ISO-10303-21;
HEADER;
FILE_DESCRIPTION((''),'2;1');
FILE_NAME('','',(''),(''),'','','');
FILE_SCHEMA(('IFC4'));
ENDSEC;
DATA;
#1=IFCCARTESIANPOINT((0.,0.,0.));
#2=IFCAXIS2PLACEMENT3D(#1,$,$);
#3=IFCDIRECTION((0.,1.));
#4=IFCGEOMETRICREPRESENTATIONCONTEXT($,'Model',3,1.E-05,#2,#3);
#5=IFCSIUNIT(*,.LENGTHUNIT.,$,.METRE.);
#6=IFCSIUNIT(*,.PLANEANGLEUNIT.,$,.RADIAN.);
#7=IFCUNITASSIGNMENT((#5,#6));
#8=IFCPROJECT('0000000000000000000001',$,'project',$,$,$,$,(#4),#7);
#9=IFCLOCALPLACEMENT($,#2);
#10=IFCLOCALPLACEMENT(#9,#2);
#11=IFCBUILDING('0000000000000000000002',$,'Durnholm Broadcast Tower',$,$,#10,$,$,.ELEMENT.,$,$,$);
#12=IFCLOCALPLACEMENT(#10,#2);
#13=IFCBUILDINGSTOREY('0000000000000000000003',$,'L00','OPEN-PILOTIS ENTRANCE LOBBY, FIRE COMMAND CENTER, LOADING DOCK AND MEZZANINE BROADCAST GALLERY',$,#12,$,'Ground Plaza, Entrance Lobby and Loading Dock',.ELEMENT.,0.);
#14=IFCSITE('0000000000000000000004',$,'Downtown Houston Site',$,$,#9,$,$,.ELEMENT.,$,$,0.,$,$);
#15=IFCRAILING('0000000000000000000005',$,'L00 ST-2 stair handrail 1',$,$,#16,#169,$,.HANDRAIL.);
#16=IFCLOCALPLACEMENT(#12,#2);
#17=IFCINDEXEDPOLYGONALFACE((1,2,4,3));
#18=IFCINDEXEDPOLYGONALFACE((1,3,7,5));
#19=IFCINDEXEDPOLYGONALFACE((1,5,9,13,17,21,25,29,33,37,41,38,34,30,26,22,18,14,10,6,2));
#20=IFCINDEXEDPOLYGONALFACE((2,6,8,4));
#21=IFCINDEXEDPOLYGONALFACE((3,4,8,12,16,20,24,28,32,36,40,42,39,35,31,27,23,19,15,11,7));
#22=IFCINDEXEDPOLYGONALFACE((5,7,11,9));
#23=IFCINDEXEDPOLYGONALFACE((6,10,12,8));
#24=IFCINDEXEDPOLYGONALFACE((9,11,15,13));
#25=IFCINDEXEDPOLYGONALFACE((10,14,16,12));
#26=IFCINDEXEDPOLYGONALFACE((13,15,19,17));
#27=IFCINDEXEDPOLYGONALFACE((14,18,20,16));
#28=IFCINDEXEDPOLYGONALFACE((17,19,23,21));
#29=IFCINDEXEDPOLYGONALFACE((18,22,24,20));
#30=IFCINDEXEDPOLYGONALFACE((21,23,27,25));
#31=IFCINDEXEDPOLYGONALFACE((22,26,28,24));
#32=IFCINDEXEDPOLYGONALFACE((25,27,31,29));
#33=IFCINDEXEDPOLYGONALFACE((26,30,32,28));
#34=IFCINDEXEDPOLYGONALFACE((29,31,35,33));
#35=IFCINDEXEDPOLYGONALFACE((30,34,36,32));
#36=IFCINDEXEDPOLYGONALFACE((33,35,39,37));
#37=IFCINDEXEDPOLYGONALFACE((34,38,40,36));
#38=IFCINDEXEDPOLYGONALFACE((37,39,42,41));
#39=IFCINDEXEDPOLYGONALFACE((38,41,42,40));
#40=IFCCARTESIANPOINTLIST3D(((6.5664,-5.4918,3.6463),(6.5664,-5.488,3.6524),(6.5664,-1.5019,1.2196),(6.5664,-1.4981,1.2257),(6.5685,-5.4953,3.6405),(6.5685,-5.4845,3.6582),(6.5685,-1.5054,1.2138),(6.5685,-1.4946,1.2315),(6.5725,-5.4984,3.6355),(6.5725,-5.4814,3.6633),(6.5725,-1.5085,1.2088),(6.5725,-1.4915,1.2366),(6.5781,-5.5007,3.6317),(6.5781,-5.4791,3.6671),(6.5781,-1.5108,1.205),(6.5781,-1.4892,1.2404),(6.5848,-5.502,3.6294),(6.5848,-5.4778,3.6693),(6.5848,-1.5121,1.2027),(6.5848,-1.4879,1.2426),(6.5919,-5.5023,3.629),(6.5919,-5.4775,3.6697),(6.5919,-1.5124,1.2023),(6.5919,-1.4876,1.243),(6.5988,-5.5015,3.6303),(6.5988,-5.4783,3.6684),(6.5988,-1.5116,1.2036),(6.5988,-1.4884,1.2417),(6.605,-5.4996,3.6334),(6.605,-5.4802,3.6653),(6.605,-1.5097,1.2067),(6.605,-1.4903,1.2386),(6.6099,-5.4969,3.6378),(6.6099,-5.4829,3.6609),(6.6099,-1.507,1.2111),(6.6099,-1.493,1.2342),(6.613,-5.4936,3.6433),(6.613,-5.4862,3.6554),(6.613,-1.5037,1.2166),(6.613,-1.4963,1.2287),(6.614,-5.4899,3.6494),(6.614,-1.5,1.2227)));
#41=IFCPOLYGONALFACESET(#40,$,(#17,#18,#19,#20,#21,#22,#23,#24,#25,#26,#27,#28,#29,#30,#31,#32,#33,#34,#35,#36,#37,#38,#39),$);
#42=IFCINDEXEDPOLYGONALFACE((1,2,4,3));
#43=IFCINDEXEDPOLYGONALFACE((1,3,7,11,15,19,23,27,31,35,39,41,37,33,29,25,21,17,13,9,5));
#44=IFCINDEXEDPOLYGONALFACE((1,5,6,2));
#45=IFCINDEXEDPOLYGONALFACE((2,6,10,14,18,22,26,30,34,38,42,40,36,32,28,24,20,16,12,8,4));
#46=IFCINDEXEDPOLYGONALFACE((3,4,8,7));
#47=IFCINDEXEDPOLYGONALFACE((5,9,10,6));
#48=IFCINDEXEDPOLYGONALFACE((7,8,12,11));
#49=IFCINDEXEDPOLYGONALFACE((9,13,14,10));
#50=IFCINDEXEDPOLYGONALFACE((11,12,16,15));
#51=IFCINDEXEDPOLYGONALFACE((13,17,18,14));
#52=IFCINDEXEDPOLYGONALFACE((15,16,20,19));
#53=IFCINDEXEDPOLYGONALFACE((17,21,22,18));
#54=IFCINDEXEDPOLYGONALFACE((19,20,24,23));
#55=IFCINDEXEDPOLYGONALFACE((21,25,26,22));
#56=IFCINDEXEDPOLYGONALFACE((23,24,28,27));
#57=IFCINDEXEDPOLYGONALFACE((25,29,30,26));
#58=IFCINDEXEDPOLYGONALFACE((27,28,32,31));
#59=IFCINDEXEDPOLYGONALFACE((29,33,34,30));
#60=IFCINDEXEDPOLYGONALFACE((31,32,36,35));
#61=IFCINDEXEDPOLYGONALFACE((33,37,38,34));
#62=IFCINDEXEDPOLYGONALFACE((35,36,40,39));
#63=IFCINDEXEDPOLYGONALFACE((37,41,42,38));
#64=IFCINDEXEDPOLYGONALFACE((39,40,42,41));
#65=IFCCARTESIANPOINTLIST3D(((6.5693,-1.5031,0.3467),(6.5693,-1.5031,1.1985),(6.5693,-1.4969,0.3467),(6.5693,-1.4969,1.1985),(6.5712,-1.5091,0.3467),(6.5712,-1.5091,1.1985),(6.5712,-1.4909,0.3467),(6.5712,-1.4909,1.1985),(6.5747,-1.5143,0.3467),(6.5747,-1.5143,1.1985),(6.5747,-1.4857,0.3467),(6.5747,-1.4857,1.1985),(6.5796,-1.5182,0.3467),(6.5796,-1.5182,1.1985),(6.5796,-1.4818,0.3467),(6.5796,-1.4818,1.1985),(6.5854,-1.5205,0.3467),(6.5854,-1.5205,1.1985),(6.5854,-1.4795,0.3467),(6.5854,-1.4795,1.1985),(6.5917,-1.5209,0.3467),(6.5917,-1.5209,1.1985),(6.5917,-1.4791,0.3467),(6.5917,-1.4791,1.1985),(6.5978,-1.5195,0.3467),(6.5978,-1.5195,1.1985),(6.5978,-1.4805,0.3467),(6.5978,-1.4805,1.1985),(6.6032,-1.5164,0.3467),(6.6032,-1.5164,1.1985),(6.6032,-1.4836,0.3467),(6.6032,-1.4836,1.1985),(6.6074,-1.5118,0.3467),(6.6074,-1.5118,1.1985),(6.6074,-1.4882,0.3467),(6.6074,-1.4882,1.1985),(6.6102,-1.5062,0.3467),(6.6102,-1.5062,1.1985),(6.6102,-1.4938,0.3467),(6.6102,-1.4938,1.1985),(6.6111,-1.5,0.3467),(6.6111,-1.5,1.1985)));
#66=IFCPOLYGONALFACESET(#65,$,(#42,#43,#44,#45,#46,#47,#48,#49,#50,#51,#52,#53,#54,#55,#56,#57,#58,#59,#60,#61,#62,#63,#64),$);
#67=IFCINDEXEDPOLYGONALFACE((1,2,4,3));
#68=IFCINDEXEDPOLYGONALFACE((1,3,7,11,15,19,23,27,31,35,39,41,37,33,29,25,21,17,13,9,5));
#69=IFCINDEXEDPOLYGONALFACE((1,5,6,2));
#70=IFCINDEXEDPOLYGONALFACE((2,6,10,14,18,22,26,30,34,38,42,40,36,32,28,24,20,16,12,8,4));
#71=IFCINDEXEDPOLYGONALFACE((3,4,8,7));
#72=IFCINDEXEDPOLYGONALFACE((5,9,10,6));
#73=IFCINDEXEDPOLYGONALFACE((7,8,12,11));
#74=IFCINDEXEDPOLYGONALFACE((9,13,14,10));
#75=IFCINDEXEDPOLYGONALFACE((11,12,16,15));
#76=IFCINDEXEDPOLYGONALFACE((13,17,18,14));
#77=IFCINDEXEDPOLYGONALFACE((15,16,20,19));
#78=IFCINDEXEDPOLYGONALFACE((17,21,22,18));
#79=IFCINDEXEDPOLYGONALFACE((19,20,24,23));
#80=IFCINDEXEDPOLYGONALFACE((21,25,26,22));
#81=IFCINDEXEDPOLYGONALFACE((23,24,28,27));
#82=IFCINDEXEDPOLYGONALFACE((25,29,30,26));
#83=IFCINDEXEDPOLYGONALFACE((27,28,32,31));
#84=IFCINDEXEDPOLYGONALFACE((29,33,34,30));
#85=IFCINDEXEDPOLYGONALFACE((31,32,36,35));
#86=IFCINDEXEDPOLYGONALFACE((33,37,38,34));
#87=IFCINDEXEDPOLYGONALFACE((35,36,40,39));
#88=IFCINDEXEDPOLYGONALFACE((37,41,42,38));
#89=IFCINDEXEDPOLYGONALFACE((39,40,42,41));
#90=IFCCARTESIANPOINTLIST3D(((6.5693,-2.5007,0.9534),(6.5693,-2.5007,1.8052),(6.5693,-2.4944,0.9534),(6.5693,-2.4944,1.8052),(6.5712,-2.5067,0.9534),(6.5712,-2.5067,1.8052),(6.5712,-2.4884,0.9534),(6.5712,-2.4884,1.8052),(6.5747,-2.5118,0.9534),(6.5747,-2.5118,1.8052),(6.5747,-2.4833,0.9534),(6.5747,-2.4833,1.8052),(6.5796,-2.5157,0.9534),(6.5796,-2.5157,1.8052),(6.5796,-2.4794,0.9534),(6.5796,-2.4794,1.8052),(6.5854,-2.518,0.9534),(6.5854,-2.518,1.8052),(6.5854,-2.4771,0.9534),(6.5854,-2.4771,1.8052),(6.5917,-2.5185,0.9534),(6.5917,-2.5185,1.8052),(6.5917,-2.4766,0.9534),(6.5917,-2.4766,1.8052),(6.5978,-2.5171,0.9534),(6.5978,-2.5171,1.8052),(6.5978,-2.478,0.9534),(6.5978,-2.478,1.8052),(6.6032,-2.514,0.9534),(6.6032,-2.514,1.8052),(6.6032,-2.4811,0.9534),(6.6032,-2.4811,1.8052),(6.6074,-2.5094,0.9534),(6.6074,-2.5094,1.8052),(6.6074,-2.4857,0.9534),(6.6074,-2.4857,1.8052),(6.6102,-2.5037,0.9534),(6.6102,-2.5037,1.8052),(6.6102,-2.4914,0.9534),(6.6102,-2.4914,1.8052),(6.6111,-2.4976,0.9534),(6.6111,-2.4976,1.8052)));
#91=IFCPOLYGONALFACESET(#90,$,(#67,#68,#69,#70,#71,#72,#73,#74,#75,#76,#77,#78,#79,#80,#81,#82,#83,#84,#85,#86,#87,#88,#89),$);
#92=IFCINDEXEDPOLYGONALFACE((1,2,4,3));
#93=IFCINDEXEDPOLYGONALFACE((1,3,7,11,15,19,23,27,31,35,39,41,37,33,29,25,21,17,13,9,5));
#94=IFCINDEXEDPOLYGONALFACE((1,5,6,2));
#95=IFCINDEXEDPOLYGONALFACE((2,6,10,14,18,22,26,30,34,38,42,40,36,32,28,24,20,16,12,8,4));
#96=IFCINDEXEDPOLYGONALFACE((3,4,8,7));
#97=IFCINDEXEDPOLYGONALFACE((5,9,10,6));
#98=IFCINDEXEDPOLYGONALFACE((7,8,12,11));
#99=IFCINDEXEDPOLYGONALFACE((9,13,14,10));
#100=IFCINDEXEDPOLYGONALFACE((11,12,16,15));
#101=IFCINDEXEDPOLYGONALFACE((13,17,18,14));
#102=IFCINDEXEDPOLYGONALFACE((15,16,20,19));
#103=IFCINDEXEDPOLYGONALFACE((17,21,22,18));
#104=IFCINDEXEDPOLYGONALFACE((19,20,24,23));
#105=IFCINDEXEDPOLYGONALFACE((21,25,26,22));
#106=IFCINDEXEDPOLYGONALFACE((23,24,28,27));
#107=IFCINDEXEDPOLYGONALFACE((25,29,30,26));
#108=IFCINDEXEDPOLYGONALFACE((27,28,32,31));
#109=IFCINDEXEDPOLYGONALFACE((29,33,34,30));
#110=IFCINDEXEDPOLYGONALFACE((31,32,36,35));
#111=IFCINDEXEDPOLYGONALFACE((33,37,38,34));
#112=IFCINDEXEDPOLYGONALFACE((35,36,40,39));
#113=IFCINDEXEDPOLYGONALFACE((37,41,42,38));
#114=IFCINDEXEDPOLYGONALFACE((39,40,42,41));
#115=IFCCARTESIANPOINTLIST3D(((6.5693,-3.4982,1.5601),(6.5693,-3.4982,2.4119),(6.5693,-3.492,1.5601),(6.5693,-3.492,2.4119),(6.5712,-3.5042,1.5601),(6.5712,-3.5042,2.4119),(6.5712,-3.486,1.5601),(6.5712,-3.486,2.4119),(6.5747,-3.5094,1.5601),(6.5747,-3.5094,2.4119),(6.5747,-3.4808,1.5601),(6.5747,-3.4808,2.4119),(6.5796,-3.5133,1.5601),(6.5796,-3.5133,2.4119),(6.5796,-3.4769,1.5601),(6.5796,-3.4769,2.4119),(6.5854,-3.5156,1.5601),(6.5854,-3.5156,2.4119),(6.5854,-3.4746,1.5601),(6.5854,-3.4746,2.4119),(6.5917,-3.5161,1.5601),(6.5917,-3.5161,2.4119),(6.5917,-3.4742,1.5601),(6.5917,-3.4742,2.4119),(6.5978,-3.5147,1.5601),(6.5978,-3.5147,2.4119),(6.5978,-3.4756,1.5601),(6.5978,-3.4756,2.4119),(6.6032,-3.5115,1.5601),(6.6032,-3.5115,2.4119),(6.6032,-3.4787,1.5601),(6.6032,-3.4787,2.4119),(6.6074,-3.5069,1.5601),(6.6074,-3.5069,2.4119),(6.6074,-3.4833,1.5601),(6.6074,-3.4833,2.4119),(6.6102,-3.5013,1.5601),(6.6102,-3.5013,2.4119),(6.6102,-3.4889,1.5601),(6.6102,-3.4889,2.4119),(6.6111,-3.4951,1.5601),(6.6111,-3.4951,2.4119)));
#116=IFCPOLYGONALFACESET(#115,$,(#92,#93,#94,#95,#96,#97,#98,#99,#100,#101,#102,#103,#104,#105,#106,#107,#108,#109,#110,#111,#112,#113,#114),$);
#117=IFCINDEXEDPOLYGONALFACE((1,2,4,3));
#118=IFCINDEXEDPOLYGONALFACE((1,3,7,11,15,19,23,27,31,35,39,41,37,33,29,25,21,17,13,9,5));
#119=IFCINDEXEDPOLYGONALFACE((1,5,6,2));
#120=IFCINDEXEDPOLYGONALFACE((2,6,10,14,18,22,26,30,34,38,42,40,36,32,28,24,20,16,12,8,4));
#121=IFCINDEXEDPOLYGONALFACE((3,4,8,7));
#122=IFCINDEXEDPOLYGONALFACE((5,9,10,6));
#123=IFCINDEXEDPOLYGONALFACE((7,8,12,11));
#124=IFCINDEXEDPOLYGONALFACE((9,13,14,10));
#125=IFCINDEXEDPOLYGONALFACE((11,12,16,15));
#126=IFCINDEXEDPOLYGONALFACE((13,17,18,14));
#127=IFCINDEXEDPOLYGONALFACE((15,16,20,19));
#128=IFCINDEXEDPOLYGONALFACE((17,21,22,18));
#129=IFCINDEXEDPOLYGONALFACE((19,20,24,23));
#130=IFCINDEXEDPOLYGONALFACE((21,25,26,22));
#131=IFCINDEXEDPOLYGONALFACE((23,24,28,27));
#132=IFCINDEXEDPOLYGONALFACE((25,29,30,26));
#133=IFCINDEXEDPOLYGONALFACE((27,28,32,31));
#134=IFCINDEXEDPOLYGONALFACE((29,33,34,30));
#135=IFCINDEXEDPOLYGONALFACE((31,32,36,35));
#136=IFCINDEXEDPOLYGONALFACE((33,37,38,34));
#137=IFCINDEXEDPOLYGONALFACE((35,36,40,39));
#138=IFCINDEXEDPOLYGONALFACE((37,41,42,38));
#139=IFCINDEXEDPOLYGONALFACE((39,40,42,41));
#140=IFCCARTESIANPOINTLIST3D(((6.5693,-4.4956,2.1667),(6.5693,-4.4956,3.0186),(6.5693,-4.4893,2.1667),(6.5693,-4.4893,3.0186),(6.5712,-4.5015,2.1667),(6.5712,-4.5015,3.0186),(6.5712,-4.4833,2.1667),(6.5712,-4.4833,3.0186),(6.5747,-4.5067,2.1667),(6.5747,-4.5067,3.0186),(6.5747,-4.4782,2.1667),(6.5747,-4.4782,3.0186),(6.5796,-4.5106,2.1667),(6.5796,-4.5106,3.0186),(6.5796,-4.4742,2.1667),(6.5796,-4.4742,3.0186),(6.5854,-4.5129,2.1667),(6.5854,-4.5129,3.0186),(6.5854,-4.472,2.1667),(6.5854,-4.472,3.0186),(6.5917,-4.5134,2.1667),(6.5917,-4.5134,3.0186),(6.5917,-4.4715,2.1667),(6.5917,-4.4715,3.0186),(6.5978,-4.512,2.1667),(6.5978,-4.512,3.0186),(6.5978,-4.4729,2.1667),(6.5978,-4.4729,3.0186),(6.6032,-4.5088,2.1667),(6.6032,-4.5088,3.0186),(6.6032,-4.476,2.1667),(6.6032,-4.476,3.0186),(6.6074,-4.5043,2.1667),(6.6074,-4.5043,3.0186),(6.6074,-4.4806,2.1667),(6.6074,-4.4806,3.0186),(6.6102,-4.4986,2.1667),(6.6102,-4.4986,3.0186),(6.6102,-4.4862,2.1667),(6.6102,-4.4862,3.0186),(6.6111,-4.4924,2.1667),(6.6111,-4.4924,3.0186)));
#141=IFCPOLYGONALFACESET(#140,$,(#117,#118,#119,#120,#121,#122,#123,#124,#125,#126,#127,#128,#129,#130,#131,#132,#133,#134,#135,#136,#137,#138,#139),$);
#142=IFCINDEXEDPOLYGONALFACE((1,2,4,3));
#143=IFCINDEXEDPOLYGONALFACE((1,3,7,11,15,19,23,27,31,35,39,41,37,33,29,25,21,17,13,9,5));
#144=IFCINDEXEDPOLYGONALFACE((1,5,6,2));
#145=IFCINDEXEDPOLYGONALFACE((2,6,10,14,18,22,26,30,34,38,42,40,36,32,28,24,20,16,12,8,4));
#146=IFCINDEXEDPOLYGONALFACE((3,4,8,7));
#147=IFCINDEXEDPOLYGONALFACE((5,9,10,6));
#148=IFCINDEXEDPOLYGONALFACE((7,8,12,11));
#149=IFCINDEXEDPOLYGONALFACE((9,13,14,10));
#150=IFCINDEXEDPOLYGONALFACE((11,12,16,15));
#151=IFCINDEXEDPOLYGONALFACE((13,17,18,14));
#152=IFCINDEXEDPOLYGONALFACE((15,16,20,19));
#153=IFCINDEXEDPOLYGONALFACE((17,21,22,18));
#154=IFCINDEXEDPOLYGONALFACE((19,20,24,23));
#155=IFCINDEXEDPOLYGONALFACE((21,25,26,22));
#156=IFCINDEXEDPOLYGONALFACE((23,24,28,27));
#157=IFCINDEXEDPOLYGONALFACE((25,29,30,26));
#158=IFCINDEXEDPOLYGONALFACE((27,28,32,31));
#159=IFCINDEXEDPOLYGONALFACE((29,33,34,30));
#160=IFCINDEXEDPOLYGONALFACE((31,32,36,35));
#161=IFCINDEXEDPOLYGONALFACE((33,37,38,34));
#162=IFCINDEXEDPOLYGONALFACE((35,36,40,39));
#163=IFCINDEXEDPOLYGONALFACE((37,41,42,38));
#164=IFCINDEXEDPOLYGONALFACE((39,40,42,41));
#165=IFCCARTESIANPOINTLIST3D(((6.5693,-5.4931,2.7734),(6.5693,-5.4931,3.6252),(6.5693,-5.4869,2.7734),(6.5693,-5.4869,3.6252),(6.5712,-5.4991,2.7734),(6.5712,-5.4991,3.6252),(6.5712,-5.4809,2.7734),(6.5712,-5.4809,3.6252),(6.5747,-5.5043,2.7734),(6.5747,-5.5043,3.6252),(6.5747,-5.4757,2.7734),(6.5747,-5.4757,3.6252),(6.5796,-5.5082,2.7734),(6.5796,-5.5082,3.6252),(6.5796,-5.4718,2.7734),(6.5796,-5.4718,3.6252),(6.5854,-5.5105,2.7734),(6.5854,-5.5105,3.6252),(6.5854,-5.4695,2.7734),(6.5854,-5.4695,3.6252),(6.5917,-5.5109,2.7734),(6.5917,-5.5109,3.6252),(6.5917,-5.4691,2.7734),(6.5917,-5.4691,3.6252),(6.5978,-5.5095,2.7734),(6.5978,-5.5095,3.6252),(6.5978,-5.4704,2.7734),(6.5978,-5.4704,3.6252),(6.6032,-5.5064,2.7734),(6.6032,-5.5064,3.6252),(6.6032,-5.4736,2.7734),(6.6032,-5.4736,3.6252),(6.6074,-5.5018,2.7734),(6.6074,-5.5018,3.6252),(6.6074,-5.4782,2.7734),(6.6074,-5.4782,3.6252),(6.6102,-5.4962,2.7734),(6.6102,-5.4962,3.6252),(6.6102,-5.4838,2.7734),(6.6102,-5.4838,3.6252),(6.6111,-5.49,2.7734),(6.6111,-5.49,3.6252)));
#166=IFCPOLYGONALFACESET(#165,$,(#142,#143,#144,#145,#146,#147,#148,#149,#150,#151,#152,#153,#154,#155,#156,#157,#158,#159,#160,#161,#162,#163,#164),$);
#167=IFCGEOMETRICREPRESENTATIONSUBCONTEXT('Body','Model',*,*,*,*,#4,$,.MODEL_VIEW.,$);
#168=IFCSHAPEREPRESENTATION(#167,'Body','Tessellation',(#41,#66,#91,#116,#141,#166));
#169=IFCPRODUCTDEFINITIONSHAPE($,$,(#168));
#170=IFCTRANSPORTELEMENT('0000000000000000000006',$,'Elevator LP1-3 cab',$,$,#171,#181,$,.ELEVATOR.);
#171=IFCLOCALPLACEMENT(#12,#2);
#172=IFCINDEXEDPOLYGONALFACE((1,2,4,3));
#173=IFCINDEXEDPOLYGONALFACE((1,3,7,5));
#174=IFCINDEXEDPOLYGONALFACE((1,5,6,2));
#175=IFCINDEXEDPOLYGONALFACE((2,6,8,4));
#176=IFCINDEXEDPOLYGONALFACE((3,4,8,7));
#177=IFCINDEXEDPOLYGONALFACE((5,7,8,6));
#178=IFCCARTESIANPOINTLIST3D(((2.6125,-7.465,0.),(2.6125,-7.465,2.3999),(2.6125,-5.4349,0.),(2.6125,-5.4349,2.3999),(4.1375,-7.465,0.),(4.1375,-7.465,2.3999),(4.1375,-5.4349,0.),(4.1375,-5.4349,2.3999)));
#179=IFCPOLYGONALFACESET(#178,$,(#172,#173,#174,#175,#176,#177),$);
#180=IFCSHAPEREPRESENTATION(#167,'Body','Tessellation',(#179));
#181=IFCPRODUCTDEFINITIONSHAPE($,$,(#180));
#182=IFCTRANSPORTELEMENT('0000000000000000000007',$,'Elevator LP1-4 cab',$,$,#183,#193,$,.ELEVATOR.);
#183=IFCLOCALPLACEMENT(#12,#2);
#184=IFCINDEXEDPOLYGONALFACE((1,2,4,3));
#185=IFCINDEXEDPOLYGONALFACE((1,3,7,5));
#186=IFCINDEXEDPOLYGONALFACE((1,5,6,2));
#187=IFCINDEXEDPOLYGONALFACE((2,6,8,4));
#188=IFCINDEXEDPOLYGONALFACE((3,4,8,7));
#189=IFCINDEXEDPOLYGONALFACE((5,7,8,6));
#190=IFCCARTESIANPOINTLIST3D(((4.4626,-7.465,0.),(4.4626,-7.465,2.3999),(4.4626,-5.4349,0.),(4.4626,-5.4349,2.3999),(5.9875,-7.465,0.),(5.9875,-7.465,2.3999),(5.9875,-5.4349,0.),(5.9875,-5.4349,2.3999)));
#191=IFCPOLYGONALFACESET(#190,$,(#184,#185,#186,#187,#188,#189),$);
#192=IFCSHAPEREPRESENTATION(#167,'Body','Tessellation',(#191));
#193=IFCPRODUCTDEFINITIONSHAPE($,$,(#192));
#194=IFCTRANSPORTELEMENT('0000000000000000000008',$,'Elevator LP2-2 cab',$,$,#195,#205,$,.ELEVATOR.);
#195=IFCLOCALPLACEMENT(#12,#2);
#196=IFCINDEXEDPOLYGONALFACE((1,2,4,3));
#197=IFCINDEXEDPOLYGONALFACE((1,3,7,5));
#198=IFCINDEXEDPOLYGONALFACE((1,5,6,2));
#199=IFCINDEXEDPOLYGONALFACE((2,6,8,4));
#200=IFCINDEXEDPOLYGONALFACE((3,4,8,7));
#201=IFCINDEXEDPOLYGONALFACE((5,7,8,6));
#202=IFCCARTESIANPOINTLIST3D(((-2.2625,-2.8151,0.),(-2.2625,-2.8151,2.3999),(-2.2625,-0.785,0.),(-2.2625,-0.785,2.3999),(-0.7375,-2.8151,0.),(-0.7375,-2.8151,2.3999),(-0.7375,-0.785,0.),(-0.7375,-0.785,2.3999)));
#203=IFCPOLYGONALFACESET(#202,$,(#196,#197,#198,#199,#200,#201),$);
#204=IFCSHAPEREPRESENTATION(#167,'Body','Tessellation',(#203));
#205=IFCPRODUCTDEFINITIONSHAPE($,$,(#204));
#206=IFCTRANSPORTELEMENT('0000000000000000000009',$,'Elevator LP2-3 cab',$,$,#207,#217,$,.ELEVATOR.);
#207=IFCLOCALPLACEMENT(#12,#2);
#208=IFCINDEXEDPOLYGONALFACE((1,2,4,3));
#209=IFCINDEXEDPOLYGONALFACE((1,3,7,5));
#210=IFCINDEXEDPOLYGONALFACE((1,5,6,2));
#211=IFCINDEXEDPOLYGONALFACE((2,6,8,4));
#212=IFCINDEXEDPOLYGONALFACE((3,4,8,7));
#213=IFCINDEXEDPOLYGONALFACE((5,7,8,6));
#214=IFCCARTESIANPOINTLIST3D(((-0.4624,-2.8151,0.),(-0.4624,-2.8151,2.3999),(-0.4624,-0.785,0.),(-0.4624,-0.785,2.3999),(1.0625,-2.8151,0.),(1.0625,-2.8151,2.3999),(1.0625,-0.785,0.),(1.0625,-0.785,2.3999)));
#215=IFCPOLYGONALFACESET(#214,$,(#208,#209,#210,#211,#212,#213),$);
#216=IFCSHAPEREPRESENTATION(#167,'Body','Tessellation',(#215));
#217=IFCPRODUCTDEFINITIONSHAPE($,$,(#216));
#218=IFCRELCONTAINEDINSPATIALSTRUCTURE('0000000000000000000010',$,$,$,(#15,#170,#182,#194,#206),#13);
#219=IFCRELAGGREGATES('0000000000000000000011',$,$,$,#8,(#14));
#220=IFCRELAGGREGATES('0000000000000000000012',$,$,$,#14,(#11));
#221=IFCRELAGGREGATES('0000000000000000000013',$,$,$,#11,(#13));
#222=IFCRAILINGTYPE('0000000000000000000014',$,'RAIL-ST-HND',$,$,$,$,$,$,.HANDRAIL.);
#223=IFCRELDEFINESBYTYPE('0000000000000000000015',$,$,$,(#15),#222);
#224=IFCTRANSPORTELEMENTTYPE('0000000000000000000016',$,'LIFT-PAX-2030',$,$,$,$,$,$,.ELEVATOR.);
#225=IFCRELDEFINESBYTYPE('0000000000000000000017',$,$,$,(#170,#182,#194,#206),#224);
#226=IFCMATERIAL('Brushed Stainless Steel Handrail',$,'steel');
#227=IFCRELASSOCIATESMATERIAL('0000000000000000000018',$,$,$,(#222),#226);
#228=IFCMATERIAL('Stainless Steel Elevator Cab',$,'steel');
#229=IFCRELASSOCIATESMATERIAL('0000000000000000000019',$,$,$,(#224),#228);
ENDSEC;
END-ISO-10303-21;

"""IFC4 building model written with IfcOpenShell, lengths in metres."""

from ifc_helpers import new_model, si_unit, direction, frame, origin, origin_2d, place, context, subcontext, project, spatial, rectangle, circle, extrude, material, type_object, element, save


model = new_model("IFC4")

# Units and contexts
model_context = context("Model", 3, precision=1e-05, world=origin(), true_north=direction((0.0, 1.0)))
body_context = subcontext(model_context, "Body", "Model", "MODEL_VIEW")
ifc_project = project(units=[si_unit("LENGTHUNIT", "METRE"), si_unit("PLANEANGLEUNIT", "RADIAN")], contexts=[model_context])

# Site, building, storey
site_placement = place(None, origin())
site = spatial("IfcSite", under=ifc_project, at=site_placement, Name="Downtown Houston Site", CompositionType="ELEMENT", RefElevation=0.0)
building_placement = place(site_placement, origin())
building = spatial("IfcBuilding", under=site, at=building_placement, Name="Durnholm Broadcast Tower", CompositionType="ELEMENT")
storey_placement = place(building_placement, origin())
storey = spatial("IfcBuildingStorey", under=building, at=storey_placement, Name="L00", Description="OPEN-PILOTIS ENTRANCE LOBBY, FIRE COMMAND CENTER, LOADING DOCK AND MEZZANINE BROADCAST GALLERY", LongName="Ground Plaza, Entrance Lobby and Loading Dock", CompositionType="ELEMENT", Elevation=0.0)

# Railing
ifc_material_1 = material(Name="Brushed Stainless Steel Handrail", Category="steel")
railing_type_1 = type_object("IfcRailingType", Name="RAIL-ST-HND", PredefinedType="HANDRAIL", material=ifc_material_1)
railing_1_placement = place(storey_placement, frame((6.5901, -1.5, 0.3467)))
element("IfcRailing", 1, at=railing_1_placement, inside=storey, type_object=railing_type_1, Name="L00 ST-2 stair handrail 1", PredefinedType="HANDRAIL", context=body_context, shape_type="SweptSolid", body=[
    extrude(circle(Radius=0.0239, at=origin_2d()), frame((0.0, 0.0, 0.876), z_axis=(0.0, -0.854382, 0.519645), x_axis=(1.0, 0.0, 0.0)), (0.0, 0.0, 1.0), 4.6699),
    extrude(circle(Radius=0.021, at=origin_2d()), origin(), (0.0, 0.0, 1.0), 0.8518),
    extrude(circle(Radius=0.021, at=origin_2d()), frame((0.0, -0.9976, 0.6067)), (0.0, 0.0, 1.0), 0.8518),
    extrude(circle(Radius=0.021, at=origin_2d()), frame((0.0, -1.9951, 1.2134)), (0.0, 0.0, 1.0), 0.8518),
    extrude(circle(Radius=0.021, at=origin_2d()), frame((0.0, -2.9924, 1.8201)), (0.0, 0.0, 1.0), 0.8518),
    extrude(circle(Radius=0.021, at=origin_2d()), frame((0.0, -3.99, 2.4268)), (0.0, 0.0, 1.0), 0.8518),
])

# Transport elements
ifc_material_2 = material(Name="Stainless Steel Elevator Cab", Category="steel")
transport_element_type = type_object("IfcTransportElementType", Name="LIFT-PAX-2030", PredefinedType="ELEVATOR", material=ifc_material_2)
for number, where, z_axis, x_axis, name in (
    (2, (3.375, -6.45, 0.0), (0.0, 0.0, 1.0), (0.0, 1.0, 0.0), "Elevator LP1-3 cab"),
    (3, (5.2251, -6.45, 0.0), (0.0, 0.0, 1.0), (0.0, 1.0, 0.0), "Elevator LP1-4 cab"),
    (4, (-1.5, -1.8, 0.0), (0.0, 0.0, 1.0), (0.0, 1.0, 0.0), "Elevator LP2-2 cab"),
    (5, (0.3, -1.8, 0.0), (0.0, 0.0, 1.0), (0.0, 1.0, 0.0), "Elevator LP2-3 cab"),
):
    element("IfcTransportElement", number, at=place(storey_placement, frame(where, z_axis=z_axis, x_axis=x_axis)), inside=storey, type_object=transport_element_type, Name=name, PredefinedType="ELEVATOR", context=body_context, shape_type="SweptSolid", body=[
        extrude(rectangle(XDim=2.03, YDim=1.5249, at=origin_2d()), origin(), (0.0, 0.0, 1.0), 2.3999),
    ])

save(model, "model.ifc")
